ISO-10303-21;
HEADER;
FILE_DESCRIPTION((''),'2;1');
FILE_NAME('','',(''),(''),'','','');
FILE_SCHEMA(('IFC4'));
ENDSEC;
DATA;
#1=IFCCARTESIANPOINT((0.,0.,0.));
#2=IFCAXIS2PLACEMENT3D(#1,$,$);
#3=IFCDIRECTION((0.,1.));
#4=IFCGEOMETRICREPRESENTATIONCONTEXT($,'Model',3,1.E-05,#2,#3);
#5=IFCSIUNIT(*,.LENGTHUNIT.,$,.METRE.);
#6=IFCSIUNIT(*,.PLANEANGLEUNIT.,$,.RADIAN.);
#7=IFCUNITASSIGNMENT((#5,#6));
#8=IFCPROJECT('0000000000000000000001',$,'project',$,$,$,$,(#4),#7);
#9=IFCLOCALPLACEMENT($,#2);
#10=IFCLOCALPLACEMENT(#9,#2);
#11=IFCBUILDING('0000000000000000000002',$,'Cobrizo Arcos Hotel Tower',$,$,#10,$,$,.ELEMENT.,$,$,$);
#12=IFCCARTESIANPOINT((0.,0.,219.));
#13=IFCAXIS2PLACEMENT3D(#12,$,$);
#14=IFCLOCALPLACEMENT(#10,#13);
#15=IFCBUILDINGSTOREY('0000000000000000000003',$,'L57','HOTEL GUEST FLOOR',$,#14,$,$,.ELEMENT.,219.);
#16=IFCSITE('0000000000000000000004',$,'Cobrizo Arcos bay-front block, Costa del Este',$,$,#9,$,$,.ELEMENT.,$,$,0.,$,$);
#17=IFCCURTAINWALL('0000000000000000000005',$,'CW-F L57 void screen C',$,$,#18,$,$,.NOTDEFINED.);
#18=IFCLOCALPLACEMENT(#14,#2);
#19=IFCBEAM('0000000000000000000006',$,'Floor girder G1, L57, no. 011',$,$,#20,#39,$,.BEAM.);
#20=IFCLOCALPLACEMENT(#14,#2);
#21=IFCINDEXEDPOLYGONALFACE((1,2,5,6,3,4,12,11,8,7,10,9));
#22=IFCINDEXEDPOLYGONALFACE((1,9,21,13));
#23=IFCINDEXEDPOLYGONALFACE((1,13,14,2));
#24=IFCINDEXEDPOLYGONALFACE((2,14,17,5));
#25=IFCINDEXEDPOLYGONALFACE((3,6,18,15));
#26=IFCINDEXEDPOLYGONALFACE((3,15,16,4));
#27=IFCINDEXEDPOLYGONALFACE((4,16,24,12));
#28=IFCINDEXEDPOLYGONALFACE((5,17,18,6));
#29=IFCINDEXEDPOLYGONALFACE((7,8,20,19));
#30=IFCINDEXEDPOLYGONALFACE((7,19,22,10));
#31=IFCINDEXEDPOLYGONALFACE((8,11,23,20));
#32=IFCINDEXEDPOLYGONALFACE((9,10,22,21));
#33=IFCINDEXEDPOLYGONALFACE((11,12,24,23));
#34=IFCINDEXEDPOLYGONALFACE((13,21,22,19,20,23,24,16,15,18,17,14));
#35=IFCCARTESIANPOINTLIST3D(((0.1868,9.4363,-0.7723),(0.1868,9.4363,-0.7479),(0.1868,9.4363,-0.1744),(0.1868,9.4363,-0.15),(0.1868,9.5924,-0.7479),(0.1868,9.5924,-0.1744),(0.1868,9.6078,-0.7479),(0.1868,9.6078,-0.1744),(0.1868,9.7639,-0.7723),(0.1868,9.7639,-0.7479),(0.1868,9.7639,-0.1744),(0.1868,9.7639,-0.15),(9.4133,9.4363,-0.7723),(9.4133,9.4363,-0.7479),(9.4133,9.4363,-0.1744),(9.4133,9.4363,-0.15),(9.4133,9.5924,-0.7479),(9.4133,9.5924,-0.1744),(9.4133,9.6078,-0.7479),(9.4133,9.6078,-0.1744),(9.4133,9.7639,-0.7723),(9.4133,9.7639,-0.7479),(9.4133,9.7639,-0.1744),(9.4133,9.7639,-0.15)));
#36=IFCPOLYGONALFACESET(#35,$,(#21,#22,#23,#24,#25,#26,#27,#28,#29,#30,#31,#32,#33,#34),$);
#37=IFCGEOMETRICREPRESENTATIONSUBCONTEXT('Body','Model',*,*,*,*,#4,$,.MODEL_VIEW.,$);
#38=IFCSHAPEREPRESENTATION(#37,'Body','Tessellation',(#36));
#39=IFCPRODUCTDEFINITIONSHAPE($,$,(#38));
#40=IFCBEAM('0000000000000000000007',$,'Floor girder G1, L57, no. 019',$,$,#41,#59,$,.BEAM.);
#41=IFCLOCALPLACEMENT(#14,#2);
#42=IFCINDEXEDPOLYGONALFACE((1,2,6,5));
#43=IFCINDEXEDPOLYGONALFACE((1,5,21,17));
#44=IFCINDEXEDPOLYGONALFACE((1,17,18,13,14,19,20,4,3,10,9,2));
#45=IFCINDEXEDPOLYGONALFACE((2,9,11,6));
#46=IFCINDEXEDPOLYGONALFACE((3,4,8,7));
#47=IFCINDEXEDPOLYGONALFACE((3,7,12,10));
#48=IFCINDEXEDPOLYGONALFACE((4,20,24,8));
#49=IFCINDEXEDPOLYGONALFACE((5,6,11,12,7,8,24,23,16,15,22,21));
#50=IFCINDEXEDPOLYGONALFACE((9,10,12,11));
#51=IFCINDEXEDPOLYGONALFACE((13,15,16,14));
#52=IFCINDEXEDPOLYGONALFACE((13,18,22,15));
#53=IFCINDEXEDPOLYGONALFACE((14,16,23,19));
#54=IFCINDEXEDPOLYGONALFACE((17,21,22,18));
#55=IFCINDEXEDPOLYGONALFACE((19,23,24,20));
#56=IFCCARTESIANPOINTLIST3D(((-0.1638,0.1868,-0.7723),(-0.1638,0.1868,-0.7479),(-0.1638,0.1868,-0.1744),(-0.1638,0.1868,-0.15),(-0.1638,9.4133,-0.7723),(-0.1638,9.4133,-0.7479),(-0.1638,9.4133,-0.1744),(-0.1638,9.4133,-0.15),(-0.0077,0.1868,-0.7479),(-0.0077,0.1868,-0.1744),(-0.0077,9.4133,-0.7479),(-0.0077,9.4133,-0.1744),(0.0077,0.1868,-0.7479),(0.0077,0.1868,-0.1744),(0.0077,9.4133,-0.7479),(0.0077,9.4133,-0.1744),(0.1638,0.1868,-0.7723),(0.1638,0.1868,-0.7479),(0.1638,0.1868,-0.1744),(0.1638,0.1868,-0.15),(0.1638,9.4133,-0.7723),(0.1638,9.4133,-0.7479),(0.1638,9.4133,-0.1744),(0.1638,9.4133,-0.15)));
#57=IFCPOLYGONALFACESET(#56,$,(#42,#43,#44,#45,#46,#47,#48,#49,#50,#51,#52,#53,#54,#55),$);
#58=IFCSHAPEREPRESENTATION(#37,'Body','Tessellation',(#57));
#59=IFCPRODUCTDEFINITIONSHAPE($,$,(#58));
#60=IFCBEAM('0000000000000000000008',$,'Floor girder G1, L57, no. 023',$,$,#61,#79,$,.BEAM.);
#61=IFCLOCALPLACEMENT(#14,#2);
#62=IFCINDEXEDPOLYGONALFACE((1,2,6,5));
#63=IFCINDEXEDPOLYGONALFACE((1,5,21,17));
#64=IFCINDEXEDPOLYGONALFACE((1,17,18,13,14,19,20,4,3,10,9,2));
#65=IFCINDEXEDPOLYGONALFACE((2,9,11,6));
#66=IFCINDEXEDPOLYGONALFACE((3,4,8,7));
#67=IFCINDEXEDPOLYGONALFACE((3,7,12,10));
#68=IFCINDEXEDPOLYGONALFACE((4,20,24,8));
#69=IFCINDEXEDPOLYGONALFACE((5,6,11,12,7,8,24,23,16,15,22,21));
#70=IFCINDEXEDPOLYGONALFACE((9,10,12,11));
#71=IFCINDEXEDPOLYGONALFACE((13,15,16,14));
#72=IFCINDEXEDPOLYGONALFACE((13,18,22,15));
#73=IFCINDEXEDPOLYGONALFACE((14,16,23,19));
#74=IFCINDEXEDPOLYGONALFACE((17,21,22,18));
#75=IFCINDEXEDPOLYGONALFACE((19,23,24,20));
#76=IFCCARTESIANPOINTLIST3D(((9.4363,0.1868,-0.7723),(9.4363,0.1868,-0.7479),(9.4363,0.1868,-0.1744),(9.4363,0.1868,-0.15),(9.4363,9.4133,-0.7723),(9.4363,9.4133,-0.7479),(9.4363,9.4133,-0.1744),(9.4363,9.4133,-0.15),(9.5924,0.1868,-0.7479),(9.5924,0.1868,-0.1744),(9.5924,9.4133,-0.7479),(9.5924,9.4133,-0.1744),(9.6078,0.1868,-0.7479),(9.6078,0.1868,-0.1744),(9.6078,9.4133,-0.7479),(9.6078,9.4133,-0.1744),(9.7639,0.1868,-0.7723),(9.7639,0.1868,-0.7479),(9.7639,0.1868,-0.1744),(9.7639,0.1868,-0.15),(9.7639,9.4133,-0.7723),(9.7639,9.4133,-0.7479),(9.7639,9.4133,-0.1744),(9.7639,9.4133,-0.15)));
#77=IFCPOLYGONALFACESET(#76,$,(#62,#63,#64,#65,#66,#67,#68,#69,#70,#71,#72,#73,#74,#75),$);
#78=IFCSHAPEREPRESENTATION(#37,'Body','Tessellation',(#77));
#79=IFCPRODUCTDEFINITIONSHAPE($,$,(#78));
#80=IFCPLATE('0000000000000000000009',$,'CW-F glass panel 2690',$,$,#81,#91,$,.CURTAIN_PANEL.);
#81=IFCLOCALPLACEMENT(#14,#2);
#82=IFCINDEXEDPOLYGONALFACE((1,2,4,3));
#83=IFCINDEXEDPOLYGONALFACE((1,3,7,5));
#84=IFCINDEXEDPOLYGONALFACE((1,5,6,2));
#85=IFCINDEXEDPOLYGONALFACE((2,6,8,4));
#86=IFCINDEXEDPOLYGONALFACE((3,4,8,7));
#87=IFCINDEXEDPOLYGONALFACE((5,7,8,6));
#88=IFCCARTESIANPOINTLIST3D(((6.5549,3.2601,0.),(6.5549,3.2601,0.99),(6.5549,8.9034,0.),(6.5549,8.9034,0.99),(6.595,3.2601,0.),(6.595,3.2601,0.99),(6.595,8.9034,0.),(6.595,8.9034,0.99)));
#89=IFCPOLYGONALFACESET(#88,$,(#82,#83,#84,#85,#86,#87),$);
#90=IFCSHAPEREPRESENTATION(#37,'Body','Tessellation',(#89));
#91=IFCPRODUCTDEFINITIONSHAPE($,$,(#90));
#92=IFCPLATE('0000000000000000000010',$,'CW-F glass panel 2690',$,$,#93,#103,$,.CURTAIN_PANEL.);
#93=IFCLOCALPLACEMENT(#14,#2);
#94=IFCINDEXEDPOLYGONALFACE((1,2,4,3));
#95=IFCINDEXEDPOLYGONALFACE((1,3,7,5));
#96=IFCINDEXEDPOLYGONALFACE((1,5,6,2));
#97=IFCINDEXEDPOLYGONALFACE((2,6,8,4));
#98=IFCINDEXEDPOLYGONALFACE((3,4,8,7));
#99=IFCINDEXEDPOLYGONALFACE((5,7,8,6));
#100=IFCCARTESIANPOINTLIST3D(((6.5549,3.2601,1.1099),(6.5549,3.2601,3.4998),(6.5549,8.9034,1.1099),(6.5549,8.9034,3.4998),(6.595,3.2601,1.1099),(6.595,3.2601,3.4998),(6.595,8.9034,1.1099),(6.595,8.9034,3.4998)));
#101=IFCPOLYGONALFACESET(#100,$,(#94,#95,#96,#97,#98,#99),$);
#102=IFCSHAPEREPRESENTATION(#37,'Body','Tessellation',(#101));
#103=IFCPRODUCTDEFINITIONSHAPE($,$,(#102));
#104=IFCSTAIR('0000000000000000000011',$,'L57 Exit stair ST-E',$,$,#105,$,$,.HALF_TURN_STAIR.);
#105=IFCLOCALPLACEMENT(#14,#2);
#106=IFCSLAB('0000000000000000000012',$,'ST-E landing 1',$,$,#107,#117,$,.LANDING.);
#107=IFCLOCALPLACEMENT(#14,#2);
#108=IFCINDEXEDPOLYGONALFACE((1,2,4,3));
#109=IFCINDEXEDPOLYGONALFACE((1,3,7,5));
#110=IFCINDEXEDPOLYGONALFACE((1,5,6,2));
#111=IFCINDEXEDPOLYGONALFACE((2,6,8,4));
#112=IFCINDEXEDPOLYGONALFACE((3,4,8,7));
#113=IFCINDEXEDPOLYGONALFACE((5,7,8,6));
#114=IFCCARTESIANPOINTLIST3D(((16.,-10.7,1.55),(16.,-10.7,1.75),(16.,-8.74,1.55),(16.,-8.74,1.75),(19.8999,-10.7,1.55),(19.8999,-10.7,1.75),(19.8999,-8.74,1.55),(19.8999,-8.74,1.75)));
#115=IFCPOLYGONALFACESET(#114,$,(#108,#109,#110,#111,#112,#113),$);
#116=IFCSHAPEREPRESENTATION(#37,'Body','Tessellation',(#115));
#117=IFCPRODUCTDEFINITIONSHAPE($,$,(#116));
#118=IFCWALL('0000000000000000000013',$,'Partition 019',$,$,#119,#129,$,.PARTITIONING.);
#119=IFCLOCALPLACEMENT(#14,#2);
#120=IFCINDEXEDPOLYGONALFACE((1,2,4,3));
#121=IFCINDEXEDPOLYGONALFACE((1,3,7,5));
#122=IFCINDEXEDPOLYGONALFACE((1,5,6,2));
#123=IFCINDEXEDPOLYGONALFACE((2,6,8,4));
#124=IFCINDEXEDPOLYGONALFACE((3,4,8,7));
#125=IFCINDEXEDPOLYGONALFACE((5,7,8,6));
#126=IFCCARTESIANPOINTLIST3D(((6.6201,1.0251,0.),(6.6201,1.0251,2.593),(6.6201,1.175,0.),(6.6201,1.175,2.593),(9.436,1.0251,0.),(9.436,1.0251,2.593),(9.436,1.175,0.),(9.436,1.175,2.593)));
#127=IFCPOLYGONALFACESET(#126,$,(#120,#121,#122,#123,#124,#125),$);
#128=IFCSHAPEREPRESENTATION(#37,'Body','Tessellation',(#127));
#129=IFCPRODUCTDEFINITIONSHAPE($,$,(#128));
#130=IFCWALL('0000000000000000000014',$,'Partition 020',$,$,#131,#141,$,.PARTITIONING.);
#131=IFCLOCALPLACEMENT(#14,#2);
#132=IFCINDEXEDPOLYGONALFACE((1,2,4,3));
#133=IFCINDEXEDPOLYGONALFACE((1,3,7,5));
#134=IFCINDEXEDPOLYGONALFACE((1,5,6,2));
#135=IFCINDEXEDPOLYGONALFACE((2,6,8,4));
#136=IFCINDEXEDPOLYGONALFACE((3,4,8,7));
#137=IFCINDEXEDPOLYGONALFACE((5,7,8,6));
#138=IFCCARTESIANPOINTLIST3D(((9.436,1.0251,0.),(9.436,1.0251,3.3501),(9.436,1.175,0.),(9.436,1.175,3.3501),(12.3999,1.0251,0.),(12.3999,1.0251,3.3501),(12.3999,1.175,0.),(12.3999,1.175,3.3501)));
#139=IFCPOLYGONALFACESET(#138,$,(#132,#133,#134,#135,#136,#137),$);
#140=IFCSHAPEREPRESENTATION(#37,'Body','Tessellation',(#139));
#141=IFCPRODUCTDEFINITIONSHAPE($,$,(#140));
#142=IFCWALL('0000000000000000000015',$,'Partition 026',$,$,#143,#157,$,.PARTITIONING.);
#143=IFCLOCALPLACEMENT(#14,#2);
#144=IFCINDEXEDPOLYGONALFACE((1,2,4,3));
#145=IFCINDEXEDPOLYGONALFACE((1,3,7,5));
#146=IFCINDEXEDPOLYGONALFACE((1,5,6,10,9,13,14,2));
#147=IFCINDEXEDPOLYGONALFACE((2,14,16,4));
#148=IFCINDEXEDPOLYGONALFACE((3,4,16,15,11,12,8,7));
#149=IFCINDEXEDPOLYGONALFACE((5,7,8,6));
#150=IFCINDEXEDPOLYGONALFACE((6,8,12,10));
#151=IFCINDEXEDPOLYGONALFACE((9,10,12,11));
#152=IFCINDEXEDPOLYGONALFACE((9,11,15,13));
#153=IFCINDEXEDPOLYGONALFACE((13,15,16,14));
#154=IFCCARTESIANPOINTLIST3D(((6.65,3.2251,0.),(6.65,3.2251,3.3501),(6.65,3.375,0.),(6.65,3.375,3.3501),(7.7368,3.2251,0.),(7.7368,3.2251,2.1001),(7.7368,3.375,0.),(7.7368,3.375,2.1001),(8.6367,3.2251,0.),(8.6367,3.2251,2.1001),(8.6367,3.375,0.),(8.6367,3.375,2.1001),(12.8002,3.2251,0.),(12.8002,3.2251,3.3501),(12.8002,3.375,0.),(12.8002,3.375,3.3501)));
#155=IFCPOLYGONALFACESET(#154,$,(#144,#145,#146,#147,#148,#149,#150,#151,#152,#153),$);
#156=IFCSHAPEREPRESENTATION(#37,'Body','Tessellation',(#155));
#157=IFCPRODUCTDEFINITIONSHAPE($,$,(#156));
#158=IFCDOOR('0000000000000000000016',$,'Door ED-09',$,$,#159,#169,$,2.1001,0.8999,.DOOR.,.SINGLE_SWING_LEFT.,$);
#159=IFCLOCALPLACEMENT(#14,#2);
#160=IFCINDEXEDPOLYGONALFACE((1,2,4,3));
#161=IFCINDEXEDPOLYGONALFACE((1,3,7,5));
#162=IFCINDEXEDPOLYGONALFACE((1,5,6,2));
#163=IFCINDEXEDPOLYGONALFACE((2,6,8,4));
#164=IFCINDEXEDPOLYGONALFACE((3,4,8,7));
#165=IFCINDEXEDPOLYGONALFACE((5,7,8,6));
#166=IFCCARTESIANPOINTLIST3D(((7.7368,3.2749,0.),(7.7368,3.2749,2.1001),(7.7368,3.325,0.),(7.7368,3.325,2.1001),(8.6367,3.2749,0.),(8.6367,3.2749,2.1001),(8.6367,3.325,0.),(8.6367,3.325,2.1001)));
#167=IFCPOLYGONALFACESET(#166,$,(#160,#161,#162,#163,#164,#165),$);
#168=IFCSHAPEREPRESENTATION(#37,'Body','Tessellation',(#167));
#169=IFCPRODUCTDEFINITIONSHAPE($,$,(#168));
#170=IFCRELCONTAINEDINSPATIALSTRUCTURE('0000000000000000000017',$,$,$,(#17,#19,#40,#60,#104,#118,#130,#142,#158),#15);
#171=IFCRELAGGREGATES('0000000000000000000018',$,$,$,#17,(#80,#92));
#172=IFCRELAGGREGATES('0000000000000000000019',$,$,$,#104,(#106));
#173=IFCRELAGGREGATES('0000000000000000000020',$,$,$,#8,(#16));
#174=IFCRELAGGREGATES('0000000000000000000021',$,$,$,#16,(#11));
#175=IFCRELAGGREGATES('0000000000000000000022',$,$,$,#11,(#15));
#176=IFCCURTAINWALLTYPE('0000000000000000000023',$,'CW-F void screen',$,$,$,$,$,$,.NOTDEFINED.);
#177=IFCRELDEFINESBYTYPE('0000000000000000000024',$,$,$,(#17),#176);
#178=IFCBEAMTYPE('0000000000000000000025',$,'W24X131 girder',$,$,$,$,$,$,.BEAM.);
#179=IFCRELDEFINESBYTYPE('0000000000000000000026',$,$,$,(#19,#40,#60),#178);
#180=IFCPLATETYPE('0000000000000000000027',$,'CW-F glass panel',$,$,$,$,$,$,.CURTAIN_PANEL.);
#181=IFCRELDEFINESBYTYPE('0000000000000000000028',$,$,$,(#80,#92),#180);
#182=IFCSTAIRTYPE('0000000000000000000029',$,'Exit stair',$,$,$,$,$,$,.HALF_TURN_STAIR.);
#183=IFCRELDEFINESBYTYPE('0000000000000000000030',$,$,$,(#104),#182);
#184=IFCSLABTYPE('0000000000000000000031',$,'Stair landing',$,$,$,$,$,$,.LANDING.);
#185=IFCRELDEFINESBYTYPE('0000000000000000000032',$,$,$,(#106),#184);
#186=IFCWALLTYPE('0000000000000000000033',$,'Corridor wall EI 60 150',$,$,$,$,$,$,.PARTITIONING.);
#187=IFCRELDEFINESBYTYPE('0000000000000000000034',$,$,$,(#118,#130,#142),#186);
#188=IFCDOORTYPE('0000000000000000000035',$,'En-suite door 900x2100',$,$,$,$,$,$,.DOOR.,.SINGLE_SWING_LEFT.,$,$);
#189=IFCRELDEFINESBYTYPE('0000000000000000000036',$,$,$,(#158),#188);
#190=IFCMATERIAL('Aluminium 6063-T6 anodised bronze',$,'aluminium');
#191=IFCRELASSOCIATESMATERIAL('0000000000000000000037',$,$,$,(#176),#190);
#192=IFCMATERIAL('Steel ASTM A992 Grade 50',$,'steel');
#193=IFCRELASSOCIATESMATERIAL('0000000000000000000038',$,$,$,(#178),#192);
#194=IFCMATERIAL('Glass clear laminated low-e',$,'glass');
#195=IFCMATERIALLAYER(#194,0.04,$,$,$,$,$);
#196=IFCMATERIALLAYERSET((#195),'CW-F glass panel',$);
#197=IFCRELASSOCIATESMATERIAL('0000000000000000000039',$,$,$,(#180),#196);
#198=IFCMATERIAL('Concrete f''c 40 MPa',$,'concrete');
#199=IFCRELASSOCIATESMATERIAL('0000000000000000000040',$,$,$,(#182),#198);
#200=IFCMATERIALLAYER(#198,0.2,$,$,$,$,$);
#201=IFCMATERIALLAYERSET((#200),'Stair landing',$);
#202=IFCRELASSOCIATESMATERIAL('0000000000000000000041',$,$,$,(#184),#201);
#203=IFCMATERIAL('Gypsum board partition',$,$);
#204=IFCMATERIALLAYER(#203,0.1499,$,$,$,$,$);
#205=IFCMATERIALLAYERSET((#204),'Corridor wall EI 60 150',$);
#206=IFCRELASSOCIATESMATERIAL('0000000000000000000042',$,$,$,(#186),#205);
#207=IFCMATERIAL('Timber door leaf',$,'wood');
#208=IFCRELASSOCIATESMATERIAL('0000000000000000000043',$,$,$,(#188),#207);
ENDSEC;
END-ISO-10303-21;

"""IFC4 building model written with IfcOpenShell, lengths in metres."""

from ifc_helpers import new_model, si_unit, direction, frame, frame_2d, origin, origin_2d, place, context, subcontext, project, spatial, polyline, rectangle, i_section, outline, extrude, material, layer, layer_set, material_profile, profile_set, type_object, element, fill, aggregate, save


model = new_model("IFC4")

# Units and contexts
model_context = context("Model", 3, precision=1e-05, world=origin(), true_north=direction((0.0, 1.0)))
body_context = subcontext(model_context, "Body", "Model", "MODEL_VIEW")
ifc_project = project(units=[si_unit("LENGTHUNIT", "METRE"), si_unit("PLANEANGLEUNIT", "RADIAN")], contexts=[model_context])

# Site, building, storey
site_placement = place(None, origin())
site = spatial("IfcSite", under=ifc_project, at=site_placement, Name="Cobrizo Arcos bay-front block, Costa del Este", CompositionType="ELEMENT", RefElevation=0.0)
building_placement = place(site_placement, origin())
building = spatial("IfcBuilding", under=site, at=building_placement, Name="Cobrizo Arcos Hotel Tower", CompositionType="ELEMENT")
storey_placement = place(building_placement, frame((0.0, 0.0, 219.0)))
storey = spatial("IfcBuildingStorey", under=building, at=storey_placement, Name="L57", Description="HOTEL GUEST FLOOR", CompositionType="ELEMENT", Elevation=219.0)

# Shared definitions
ifc_material_1 = material(Name="Steel ASTM A992 Grade 50", Category="steel")

# Shared definitions
ifc_material_2 = material(Name="Aluminium 6063-T6 anodised bronze", Category="aluminium")
curtain_wall_type = type_object("IfcCurtainWallType", Name="CW-F void screen", PredefinedType="NOTDEFINED", material=ifc_material_2)

# Curtain wall
curtain_wall_1_placement = place(storey_placement, origin())
curtain_wall_1 = element("IfcCurtainWall", 1, at=curtain_wall_1_placement, inside=storey, type_object=curtain_wall_type, Name="CW-F L57 void screen C", PredefinedType="NOTDEFINED")

# Beams
ifc_material_profile_1 = material_profile(ifc_material_1, i_section(OverallWidth=0.3276, OverallDepth=0.6223, WebThickness=0.0154, FlangeThickness=0.0244, at=origin_2d()), Name="W24X131")
ifc_profile_set_1 = profile_set([ifc_material_profile_1], Name="Steel ASTM A992 Grade 50")
beam_type_1 = type_object("IfcBeamType", Name="W24X131 girder", PredefinedType="BEAM", material=ifc_profile_set_1)
for number, where, z_axis, x_axis, name in (
    (2, (0.1868, 9.6001, -0.4612), (1.0, 0.0, 0.0), (0.0, 1.0, 0.0), "Floor girder G1, L57, no. 011"),
    (3, (0.0, 0.1868, -0.4612), (0.0, 1.0, 0.0), (-1.0, 0.0, 0.0), "Floor girder G1, L57, no. 019"),
    (4, (9.6001, 0.1868, -0.4612), (0.0, 1.0, 0.0), (-1.0, 0.0, 0.0), "Floor girder G1, L57, no. 023"),
):
    element("IfcBeam", number, at=place(storey_placement, frame(where, z_axis=z_axis, x_axis=x_axis)), inside=storey, type_object=beam_type_1, Name=name, PredefinedType="BEAM", context=body_context, shape_type="SweptSolid", body=[
        extrude(i_section(OverallWidth=0.3276, OverallDepth=0.6223, WebThickness=0.0154, FlangeThickness=0.0244, at=origin_2d()), origin(), (0.0, 0.0, 1.0), 9.2266),
    ])

# Plates
ifc_material_3 = material(Name="Glass clear laminated low-e", Category="glass")
ifc_layer_1 = layer(ifc_material_3, 0.04)
ifc_layer_set_1 = layer_set([ifc_layer_1], Name="CW-F glass panel")
plate_type = type_object("IfcPlateType", Name="CW-F glass panel", PredefinedType="CURTAIN_PANEL", material=ifc_layer_set_1)
plate_1_placement = place(storey_placement, frame((6.575, 6.0818, 0.0), z_axis=(0.0, 0.0, 1.0), x_axis=(0.0, 1.0, 0.0)))
plate_1 = element("IfcPlate", 5, at=plate_1_placement, type_object=plate_type, Name="CW-F glass panel 2690", PredefinedType="CURTAIN_PANEL", context=body_context, shape_type="SweptSolid", body=[
    extrude(rectangle(XDim=5.6433, YDim=0.04, at=origin_2d()), origin(), (0.0, 0.0, 1.0), 0.99),
])
plate_2_placement = place(storey_placement, frame((6.575, 6.0818, 1.1099), z_axis=(0.0, 0.0, 1.0), x_axis=(0.0, 1.0, 0.0)))
plate_2 = element("IfcPlate", 6, at=plate_2_placement, type_object=plate_type, Name="CW-F glass panel 2690", PredefinedType="CURTAIN_PANEL", context=body_context, shape_type="SweptSolid", body=[
    extrude(rectangle(XDim=5.6433, YDim=0.04, at=origin_2d()), origin(), (0.0, 0.0, 1.0), 2.3899),
])
aggregate(curtain_wall_1, [plate_1, plate_2])

# Stair, slab
ifc_material_4 = material(Name="Concrete f'c 40 MPa", Category="concrete")
stair_type = type_object("IfcStairType", Name="Exit stair", PredefinedType="HALF_TURN_STAIR", material=ifc_material_4)
stair_placement = place(storey_placement, origin())
stair = element("IfcStair", 7, at=stair_placement, inside=storey, type_object=stair_type, Name="L57 Exit stair ST-E", PredefinedType="HALF_TURN_STAIR")
ifc_layer_2 = layer(ifc_material_4, 0.2)
ifc_layer_set_2 = layer_set([ifc_layer_2], Name="Stair landing")
slab_type = type_object("IfcSlabType", Name="Stair landing", PredefinedType="LANDING", material=ifc_layer_set_2)
slab_placement = place(storey_placement, frame((0.0, 0.0, 1.55)))
slab = element("IfcSlab", 8, at=slab_placement, type_object=slab_type, Name="ST-E landing 1", PredefinedType="LANDING", context=body_context, shape_type="SweptSolid", body=[
    extrude(outline(polyline([(16.0, -8.74), (16.0, -10.7), (19.8999, -10.7), (19.8999, -8.74), (16.0, -8.74)])), origin(), (0.0, 0.0, 1.0), 0.2),
])
aggregate(stair, [slab])

# Walls
ifc_material_5 = material(Name="Gypsum board partition")
ifc_layer_3 = layer(ifc_material_5, 0.1499)
ifc_layer_set_3 = layer_set([ifc_layer_3], Name="Corridor wall EI 60 150")
wall_type_1 = type_object("IfcWallType", Name="Corridor wall EI 60 150", PredefinedType="PARTITIONING", material=ifc_layer_set_3)
wall_1_placement = place(storey_placement, frame((6.6201, 1.1001, 0.0), z_axis=(0.0, 0.0, 1.0), x_axis=(1.0, 0.0, 0.0)))
element("IfcWall", 9, at=wall_1_placement, inside=storey, type_object=wall_type_1, Name="Partition 019", PredefinedType="PARTITIONING", context=body_context, shape_type="SweptSolid", body=[
    extrude(rectangle(XDim=2.8159, YDim=0.1499, at=frame_2d((1.408, 0.0))), origin(), (0.0, 0.0, 1.0), 2.593),
])
wall_2_placement = place(storey_placement, frame((9.436, 1.1001, 0.0), z_axis=(0.0, 0.0, 1.0), x_axis=(1.0, 0.0, 0.0)))
element("IfcWall", 10, at=wall_2_placement, inside=storey, type_object=wall_type_1, Name="Partition 020", PredefinedType="PARTITIONING", context=body_context, shape_type="SweptSolid", body=[
    extrude(rectangle(XDim=2.9639, YDim=0.1499, at=frame_2d((1.4819, 0.0))), origin(), (0.0, 0.0, 1.0), 3.3501),
])

# Wall, opening, door
wall_3_placement = place(storey_placement, frame((6.6499, 3.3, 0.0), z_axis=(0.0, 0.0, 1.0), x_axis=(1.0, 0.0, 0.0)))
wall_3 = element("IfcWall", 11, at=wall_3_placement, inside=storey, type_object=wall_type_1, Name="Partition 026", PredefinedType="PARTITIONING", context=body_context, shape_type="SweptSolid", body=[
    extrude(rectangle(XDim=6.1501, YDim=0.1499, at=frame_2d((3.0752, 0.0))), origin(), (0.0, 0.0, 1.0), 3.3501),
])
opening_1_placement = place(wall_3_placement, frame((1.0869, 0.0, 0.0)))
opening_1 = element("IfcOpeningElement", 12, at=opening_1_placement, cuts=wall_3, PredefinedType="OPENING", context=body_context, shape_type="SweptSolid", body=[
    extrude(rectangle(XDim=0.8999, YDim=2.1001, at=frame_2d((0.45, 1.05))), frame((0.0, 0.0869, 0.0), z_axis=(0.0, -1.0, 0.0), x_axis=(1.0, 0.0, 0.0)), (0.0, 0.0, 1.0), 0.1738),
])
ifc_material_6 = material(Name="Timber door leaf", Category="wood")
door_type_1 = type_object("IfcDoorType", Name="En-suite door 900x2100", OperationType="SINGLE_SWING_LEFT", PredefinedType="DOOR", material=ifc_material_6)
door_1_placement = place(opening_1_placement, origin())
door_1 = element("IfcDoor", 13, at=door_1_placement, inside=storey, type_object=door_type_1, Name="Door ED-09", OperationType="SINGLE_SWING_LEFT", OverallHeight=2.1001, OverallWidth=0.8999, PredefinedType="DOOR", context=body_context, shape_type="SweptSolid", body=[
    extrude(rectangle(XDim=0.8999, YDim=2.1001, at=frame_2d((0.45, 1.05))), frame((0.0, 0.0249, 0.0), z_axis=(0.0, -1.0, 0.0), x_axis=(1.0, 0.0, 0.0)), (0.0, 0.0, 1.0), 0.05),
])
fill(opening_1, door_1)

save(model, "model.ifc")
